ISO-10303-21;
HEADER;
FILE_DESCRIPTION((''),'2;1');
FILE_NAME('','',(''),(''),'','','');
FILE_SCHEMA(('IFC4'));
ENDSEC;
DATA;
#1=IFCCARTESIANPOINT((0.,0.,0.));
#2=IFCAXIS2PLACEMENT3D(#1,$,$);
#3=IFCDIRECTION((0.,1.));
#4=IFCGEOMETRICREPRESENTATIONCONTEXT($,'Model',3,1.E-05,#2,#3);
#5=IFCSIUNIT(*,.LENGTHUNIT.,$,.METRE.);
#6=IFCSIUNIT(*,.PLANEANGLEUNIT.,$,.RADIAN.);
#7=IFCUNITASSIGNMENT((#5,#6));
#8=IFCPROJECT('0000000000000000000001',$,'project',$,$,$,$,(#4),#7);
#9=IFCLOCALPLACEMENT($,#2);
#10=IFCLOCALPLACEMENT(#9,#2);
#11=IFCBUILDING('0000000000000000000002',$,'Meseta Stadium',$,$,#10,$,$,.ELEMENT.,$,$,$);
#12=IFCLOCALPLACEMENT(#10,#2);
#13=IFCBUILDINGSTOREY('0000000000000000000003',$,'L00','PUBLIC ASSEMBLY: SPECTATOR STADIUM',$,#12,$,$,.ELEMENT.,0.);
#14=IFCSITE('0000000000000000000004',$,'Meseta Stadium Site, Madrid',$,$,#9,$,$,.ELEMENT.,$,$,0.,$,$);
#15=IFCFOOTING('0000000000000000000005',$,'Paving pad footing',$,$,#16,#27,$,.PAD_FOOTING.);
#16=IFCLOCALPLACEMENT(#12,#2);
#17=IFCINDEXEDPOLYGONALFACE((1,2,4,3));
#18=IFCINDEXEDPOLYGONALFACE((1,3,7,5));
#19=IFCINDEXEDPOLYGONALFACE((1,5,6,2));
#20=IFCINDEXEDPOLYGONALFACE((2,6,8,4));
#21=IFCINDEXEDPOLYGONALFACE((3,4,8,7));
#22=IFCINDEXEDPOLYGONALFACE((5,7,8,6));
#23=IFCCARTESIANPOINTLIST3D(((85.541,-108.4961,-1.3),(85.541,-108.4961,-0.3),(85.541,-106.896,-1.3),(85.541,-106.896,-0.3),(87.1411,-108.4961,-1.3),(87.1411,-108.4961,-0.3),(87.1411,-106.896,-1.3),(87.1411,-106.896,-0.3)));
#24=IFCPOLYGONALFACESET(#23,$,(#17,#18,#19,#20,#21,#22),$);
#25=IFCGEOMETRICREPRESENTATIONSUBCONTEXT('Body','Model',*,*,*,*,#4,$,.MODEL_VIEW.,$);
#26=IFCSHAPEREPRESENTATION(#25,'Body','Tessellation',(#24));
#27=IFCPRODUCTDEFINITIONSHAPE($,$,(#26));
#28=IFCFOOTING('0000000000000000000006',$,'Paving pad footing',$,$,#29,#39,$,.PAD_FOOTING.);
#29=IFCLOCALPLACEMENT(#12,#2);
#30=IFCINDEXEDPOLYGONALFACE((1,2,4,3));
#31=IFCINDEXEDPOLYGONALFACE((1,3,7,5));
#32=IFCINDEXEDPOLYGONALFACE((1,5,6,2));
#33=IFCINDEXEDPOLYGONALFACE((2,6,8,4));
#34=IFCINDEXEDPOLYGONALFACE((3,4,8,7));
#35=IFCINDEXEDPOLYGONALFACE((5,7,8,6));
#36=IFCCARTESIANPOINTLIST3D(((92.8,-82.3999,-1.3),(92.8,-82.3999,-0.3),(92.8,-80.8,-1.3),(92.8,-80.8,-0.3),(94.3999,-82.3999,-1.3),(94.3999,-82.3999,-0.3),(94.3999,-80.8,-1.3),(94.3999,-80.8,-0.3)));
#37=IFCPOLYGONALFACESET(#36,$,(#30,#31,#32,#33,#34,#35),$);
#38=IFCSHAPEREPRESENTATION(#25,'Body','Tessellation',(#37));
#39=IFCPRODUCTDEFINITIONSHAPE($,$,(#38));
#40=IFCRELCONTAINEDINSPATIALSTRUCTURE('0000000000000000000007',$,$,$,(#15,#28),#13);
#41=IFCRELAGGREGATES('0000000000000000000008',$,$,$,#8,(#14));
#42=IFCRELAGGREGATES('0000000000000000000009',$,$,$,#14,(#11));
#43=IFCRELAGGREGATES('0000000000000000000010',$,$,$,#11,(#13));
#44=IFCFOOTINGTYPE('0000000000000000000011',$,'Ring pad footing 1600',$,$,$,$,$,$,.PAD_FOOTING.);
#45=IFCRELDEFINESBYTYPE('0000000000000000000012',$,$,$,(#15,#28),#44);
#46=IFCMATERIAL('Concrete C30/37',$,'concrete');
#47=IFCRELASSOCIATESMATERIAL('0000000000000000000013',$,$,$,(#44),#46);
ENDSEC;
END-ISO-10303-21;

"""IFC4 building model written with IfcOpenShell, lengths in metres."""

from ifc_helpers import new_model, si_unit, direction, frame, origin, place, context, subcontext, project, spatial, polyline, outline, extrude, material, type_object, element, save


model = new_model("IFC4")

# Units and contexts
model_context = context("Model", 3, precision=1e-05, world=origin(), true_north=direction((0.0, 1.0)))
body_context = subcontext(model_context, "Body", "Model", "MODEL_VIEW")
ifc_project = project(units=[si_unit("LENGTHUNIT", "METRE"), si_unit("PLANEANGLEUNIT", "RADIAN")], contexts=[model_context])

# Site, building, storey
site_placement = place(None, origin())
site = spatial("IfcSite", under=ifc_project, at=site_placement, Name="Meseta Stadium Site, Madrid", CompositionType="ELEMENT", RefElevation=0.0)
building_placement = place(site_placement, origin())
building = spatial("IfcBuilding", under=site, at=building_placement, Name="Meseta Stadium", CompositionType="ELEMENT")
storey_placement = place(building_placement, origin())
storey = spatial("IfcBuildingStorey", under=building, at=storey_placement, Name="L00", Description="PUBLIC ASSEMBLY: SPECTATOR STADIUM", CompositionType="ELEMENT", Elevation=0.0)

# Footings
ifc_material_1 = material(Name="Concrete C30/37", Category="concrete")
footing_type_1 = type_object("IfcFootingType", Name="Ring pad footing 1600", PredefinedType="PAD_FOOTING", material=ifc_material_1)
footing_1_placement = place(storey_placement, frame((0.0, 0.0, -1.3)))
element("IfcFooting", 1, at=footing_1_placement, inside=storey, type_object=footing_type_1, Name="Paving pad footing", PredefinedType="PAD_FOOTING", context=body_context, shape_type="SweptSolid", body=[
    extrude(outline(polyline([(87.1411, -108.4961), (87.1411, -106.896), (85.541, -106.896), (85.541, -108.4961), (87.1411, -108.4961)])), origin(), (0.0, 0.0, 1.0), 1.0),
])
footing_2_placement = place(storey_placement, frame((0.0, 0.0, -1.3)))
element("IfcFooting", 2, at=footing_2_placement, inside=storey, type_object=footing_type_1, Name="Paving pad footing", PredefinedType="PAD_FOOTING", context=body_context, shape_type="SweptSolid", body=[
    extrude(outline(polyline([(94.3999, -82.3999), (94.3999, -80.8), (92.8, -80.8), (92.8, -82.3999), (94.3999, -82.3999)])), origin(), (0.0, 0.0, 1.0), 1.0),
])

save(model, "model.ifc")
